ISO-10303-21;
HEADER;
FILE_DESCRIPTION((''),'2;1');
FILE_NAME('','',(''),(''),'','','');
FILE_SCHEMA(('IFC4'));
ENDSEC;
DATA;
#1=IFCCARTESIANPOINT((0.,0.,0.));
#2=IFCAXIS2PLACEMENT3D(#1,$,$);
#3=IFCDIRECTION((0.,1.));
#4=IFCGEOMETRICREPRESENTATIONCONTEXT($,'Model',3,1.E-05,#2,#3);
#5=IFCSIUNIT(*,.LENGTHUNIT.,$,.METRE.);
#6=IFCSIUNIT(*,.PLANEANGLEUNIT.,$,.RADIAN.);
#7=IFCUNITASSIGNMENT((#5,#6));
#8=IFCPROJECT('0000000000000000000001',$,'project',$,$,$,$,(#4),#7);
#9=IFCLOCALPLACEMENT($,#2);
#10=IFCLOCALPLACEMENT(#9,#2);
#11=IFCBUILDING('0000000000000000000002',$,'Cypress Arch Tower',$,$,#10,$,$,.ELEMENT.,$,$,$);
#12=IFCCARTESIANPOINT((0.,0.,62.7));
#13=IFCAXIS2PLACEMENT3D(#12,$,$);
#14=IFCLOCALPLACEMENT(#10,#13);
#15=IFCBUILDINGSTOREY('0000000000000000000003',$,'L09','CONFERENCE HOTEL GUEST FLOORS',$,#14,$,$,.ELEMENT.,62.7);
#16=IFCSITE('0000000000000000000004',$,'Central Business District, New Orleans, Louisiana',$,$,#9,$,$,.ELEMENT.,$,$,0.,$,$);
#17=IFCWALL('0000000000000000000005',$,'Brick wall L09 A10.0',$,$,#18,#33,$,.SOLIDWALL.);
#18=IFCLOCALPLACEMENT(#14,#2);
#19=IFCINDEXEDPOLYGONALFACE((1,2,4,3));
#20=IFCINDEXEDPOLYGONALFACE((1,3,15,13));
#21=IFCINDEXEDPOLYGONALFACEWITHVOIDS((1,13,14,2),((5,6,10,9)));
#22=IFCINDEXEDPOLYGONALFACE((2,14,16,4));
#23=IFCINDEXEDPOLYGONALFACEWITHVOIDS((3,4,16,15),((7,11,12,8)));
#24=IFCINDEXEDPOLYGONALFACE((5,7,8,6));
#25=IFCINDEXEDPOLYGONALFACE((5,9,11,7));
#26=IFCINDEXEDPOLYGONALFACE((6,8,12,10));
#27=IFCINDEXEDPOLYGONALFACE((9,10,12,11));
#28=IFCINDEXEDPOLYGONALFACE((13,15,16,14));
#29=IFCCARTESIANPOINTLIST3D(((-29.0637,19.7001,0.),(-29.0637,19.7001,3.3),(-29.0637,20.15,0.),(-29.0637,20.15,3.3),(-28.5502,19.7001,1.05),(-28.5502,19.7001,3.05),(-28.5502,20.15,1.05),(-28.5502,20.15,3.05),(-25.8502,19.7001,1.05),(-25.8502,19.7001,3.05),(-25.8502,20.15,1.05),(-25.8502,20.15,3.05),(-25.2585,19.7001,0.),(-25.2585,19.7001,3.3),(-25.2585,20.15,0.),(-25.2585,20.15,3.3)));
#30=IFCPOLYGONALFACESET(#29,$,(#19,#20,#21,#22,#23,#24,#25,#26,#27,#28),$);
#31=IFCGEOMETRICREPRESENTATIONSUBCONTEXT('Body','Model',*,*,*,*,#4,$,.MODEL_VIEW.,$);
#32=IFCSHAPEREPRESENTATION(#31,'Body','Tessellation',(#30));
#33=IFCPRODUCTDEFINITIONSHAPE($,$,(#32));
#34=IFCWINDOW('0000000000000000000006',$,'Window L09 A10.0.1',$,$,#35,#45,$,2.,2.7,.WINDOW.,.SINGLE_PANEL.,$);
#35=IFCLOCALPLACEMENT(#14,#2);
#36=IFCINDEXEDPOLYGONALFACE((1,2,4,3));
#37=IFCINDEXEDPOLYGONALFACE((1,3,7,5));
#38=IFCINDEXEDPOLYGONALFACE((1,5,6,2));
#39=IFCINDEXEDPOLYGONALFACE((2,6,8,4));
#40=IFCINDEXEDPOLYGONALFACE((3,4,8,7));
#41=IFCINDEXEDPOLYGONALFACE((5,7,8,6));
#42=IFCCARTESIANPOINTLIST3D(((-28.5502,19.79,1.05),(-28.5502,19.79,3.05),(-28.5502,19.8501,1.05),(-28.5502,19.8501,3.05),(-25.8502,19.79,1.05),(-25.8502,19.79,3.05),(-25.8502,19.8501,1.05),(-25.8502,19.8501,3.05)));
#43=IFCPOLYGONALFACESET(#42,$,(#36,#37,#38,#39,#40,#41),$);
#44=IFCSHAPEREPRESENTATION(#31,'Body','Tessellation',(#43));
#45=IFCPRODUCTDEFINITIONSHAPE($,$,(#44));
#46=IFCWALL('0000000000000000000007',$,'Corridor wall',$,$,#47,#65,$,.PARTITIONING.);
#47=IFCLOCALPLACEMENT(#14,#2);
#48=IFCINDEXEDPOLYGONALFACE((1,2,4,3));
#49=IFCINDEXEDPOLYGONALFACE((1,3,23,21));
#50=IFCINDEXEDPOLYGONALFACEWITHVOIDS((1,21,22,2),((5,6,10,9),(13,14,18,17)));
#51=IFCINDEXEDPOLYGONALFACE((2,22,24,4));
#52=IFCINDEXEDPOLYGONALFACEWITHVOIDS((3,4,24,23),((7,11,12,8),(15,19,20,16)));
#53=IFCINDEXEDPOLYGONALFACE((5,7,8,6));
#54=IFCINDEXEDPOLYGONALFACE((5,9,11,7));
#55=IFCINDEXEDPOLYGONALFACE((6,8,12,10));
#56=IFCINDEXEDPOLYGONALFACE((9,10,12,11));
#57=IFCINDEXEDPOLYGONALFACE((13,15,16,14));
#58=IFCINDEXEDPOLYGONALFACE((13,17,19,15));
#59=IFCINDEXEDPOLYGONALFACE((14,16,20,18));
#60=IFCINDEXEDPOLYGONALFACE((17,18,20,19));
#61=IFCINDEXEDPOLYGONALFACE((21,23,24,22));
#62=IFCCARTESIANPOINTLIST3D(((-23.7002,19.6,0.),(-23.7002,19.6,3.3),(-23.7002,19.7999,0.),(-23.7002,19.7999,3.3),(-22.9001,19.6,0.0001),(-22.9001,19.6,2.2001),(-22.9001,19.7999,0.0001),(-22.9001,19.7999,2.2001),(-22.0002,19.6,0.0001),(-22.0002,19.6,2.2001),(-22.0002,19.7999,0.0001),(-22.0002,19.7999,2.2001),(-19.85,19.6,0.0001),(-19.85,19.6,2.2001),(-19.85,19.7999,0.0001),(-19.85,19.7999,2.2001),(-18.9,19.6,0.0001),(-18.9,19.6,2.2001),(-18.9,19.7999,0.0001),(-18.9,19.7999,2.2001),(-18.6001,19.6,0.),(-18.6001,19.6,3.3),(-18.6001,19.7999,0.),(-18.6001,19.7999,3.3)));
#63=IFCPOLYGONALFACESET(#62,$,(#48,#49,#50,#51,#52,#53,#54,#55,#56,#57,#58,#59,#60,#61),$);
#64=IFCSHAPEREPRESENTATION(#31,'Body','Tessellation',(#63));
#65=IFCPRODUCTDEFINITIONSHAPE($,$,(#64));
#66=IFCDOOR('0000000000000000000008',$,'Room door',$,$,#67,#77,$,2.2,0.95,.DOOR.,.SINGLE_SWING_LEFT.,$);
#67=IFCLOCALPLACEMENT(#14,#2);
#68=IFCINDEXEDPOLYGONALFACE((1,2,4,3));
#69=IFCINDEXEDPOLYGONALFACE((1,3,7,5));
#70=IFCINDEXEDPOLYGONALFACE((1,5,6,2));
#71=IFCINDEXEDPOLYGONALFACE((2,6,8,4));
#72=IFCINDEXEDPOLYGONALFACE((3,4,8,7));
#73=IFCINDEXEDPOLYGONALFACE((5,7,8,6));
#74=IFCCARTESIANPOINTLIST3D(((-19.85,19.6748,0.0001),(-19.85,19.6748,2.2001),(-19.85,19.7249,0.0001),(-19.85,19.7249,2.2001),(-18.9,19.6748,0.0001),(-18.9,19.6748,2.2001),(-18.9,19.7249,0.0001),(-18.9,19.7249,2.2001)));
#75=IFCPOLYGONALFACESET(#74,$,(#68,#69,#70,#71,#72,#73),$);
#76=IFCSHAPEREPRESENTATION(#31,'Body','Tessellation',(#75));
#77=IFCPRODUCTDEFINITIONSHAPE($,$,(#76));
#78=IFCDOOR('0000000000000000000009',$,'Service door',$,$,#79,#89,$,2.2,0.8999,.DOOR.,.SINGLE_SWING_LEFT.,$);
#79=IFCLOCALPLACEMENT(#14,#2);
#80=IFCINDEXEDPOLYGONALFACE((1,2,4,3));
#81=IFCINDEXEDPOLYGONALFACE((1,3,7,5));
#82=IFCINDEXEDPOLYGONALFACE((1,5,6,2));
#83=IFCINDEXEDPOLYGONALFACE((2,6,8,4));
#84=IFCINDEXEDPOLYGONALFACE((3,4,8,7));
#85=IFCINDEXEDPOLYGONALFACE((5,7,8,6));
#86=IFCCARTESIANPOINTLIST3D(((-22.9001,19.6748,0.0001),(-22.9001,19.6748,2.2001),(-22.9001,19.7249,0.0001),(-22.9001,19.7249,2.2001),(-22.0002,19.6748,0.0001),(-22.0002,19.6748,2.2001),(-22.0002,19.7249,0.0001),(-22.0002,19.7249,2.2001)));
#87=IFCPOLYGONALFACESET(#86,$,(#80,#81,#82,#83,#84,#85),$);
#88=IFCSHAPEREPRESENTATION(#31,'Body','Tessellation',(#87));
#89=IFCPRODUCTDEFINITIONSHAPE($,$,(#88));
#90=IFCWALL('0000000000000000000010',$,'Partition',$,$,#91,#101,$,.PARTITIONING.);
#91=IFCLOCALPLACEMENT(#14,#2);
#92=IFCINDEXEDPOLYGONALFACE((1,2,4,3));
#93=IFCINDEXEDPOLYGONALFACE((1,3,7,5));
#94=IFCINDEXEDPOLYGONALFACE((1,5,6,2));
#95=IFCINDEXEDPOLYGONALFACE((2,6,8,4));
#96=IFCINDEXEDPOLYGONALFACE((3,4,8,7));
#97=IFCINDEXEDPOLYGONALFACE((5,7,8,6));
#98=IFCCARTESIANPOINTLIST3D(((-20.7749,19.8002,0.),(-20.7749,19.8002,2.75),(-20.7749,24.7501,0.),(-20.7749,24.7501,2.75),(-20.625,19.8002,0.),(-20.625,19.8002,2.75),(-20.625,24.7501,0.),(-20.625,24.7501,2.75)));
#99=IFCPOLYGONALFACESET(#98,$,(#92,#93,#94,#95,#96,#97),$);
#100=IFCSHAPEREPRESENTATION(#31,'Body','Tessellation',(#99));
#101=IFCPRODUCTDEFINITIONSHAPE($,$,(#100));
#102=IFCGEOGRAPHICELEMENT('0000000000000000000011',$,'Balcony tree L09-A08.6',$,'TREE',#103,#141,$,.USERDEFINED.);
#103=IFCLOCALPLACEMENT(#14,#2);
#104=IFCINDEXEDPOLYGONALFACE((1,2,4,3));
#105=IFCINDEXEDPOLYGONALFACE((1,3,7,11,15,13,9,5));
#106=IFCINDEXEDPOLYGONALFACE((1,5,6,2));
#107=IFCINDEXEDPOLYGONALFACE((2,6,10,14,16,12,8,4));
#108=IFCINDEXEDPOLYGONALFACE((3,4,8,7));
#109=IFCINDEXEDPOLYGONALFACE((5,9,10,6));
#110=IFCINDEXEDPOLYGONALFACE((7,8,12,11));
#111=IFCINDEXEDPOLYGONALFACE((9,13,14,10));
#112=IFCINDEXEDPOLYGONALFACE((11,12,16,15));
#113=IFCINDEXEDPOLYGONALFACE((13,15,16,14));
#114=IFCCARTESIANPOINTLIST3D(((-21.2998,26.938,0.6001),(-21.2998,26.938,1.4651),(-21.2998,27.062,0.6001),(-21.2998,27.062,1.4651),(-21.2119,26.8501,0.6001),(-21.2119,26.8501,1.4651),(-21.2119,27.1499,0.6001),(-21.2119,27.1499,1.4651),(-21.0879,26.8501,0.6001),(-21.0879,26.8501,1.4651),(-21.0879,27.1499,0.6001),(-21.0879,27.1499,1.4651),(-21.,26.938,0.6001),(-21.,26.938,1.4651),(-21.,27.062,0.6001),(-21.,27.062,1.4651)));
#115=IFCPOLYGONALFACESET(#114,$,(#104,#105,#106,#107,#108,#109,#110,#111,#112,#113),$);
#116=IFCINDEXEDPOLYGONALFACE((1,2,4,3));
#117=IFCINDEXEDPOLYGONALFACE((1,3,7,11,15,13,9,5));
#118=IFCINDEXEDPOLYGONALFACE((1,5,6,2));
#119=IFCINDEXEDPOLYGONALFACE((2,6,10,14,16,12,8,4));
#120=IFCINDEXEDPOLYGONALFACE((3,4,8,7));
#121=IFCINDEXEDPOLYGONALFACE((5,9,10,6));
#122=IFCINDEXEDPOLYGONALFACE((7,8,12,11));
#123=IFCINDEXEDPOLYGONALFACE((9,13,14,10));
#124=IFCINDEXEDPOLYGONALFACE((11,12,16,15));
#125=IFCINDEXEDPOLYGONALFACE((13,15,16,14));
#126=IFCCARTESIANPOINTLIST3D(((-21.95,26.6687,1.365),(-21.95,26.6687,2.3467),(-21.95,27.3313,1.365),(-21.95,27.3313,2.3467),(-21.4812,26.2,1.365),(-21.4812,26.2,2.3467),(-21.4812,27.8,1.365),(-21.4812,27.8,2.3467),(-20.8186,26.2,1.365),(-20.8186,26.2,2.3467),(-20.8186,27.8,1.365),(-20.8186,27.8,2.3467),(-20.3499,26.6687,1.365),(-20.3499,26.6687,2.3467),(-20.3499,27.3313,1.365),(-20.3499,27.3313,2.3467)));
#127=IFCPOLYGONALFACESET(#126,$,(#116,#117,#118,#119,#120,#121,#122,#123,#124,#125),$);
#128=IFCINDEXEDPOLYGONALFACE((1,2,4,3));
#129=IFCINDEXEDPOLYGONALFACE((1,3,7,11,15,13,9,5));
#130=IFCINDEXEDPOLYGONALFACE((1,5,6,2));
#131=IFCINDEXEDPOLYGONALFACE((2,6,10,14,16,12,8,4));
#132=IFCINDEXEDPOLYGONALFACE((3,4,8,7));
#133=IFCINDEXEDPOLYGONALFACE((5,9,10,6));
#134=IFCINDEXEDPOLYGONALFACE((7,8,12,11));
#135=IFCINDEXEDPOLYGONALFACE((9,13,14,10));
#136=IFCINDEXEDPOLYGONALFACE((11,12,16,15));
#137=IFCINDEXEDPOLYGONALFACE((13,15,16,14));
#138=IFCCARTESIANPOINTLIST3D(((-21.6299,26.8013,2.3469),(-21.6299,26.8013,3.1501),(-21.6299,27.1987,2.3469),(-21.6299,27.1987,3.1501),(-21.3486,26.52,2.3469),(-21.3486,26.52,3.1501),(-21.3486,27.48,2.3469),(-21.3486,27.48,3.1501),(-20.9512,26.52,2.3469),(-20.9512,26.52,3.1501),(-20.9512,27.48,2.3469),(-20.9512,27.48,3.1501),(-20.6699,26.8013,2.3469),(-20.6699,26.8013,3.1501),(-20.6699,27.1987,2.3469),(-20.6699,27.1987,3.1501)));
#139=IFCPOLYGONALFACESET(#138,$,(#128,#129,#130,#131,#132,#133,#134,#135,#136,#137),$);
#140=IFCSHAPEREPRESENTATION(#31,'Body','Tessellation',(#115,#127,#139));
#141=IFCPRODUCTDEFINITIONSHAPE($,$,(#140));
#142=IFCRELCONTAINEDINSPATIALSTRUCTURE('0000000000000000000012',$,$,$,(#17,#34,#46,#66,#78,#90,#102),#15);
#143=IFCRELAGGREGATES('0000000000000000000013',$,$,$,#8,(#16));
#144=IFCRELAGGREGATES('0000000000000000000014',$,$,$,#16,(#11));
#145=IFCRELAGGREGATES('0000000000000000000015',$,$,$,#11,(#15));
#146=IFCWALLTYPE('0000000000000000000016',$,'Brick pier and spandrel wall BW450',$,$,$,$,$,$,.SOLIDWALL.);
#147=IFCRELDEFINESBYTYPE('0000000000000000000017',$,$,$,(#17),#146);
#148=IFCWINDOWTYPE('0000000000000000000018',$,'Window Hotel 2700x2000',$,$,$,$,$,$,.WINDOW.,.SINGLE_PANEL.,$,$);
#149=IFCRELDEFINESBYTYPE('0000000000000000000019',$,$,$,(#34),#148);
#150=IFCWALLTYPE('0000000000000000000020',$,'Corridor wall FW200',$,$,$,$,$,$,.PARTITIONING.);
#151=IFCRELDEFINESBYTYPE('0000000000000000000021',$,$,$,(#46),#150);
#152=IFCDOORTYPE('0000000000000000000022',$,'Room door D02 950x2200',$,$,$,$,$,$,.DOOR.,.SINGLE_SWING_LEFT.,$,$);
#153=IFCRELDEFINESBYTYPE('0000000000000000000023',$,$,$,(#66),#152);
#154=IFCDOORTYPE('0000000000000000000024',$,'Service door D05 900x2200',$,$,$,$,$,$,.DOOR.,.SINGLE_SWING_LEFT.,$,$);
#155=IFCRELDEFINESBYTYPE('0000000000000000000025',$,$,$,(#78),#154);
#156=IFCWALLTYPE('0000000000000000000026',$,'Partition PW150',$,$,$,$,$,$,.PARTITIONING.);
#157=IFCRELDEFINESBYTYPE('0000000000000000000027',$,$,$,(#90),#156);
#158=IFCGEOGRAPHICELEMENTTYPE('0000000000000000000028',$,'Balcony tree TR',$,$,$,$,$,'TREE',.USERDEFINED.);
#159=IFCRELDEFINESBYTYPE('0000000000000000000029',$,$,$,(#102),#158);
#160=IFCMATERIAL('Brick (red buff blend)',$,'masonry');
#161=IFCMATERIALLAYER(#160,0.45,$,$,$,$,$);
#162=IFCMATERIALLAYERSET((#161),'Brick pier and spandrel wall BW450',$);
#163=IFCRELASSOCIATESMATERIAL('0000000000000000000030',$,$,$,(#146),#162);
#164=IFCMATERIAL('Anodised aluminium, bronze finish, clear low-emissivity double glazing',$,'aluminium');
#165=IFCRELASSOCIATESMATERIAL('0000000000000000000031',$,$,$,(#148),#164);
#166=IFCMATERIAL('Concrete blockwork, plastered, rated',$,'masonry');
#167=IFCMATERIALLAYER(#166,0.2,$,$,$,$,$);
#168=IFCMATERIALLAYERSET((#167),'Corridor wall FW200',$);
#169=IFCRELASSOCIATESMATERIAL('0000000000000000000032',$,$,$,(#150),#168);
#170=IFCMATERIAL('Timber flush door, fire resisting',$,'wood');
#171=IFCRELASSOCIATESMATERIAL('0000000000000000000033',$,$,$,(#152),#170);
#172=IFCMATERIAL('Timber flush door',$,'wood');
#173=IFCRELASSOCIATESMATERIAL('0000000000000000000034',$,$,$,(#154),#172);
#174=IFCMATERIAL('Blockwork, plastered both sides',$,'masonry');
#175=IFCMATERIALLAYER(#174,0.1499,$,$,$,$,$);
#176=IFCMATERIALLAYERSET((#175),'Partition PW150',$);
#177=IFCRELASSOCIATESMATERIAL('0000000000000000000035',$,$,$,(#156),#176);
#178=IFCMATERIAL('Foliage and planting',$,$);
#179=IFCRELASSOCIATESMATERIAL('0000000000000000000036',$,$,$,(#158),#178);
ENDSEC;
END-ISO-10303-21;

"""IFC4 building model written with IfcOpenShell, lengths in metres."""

from ifc_helpers import new_model, si_unit, direction, frame, frame_2d, origin, place, context, subcontext, project, spatial, polyline, rectangle, outline, extrude, material, layer, layer_set, type_object, element, fill, save


model = new_model("IFC4")

# Units and contexts
model_context = context("Model", 3, precision=1e-05, world=origin(), true_north=direction((0.0, 1.0)))
body_context = subcontext(model_context, "Body", "Model", "MODEL_VIEW")
ifc_project = project(units=[si_unit("LENGTHUNIT", "METRE"), si_unit("PLANEANGLEUNIT", "RADIAN")], contexts=[model_context])

# Site, building, storey
site_placement = place(None, origin())
site = spatial("IfcSite", under=ifc_project, at=site_placement, Name="Central Business District, New Orleans, Louisiana", CompositionType="ELEMENT", RefElevation=0.0)
building_placement = place(site_placement, origin())
building = spatial("IfcBuilding", under=site, at=building_placement, Name="Cypress Arch Tower", CompositionType="ELEMENT")
storey_placement = place(building_placement, frame((0.0, 0.0, 62.7)))
storey = spatial("IfcBuildingStorey", under=building, at=storey_placement, Name="L09", Description="CONFERENCE HOTEL GUEST FLOORS", CompositionType="ELEMENT", Elevation=62.7)

# Shared definitions
ifc_material_1 = material(Name="Brick (red buff blend)", Category="masonry")
ifc_layer_1 = layer(ifc_material_1, 0.45)
ifc_layer_set_1 = layer_set([ifc_layer_1], Name="Brick pier and spandrel wall BW450")
wall_type_1 = type_object("IfcWallType", Name="Brick pier and spandrel wall BW450", PredefinedType="SOLIDWALL", material=ifc_layer_set_1)

# Wall, opening, window
wall_1_placement = place(storey_placement, frame((-25.2585, 19.925, 0.0), z_axis=(0.0, 0.0, 1.0), x_axis=(-1.0, 0.0, 0.0)))
wall_1 = element("IfcWall", 1, at=wall_1_placement, inside=storey, type_object=wall_type_1, Name="Brick wall L09 A10.0", PredefinedType="SOLIDWALL", context=body_context, shape_type="SweptSolid", body=[
    extrude(rectangle(XDim=3.8052, YDim=0.45, at=frame_2d((1.9026, 0.0))), origin(), (0.0, 0.0, 1.0), 3.3),
])
opening_1_placement = place(wall_1_placement, frame((0.5916, 0.0, 1.05)))
opening_1 = element("IfcOpeningElement", 2, at=opening_1_placement, cuts=wall_1, PredefinedType="OPENING", context=body_context, shape_type="SweptSolid", body=[
    extrude(rectangle(XDim=2.7, YDim=2.0, at=frame_2d((1.3501, 1.0))), frame((0.0, 0.2349, 0.0), z_axis=(0.0, -1.0, 0.0), x_axis=(1.0, 0.0, 0.0)), (0.0, 0.0, 1.0), 0.47),
])
ifc_material_2 = material(Name="Anodised aluminium, bronze finish, clear low-emissivity double glazing", Category="aluminium")
window_type_1 = type_object("IfcWindowType", Name="Window Hotel 2700x2000", PartitioningType="SINGLE_PANEL", PredefinedType="WINDOW", material=ifc_material_2)
window_1_placement = place(opening_1_placement, origin())
window_1 = element("IfcWindow", 3, at=window_1_placement, inside=storey, type_object=window_type_1, Name="Window L09 A10.0.1", OverallHeight=2.0, OverallWidth=2.7, PartitioningType="SINGLE_PANEL", PredefinedType="WINDOW", context=body_context, shape_type="SweptSolid", body=[
    extrude(rectangle(XDim=2.7, YDim=2.0, at=frame_2d((1.3501, 1.0))), frame((0.0, 0.135, 0.0), z_axis=(0.0, -1.0, 0.0), x_axis=(1.0, 0.0, 0.0)), (0.0, 0.0, 1.0), 0.0601),
])
fill(opening_1, window_1)

# Wall, openings, doors
ifc_material_3 = material(Name="Concrete blockwork, plastered, rated", Category="masonry")
ifc_layer_2 = layer(ifc_material_3, 0.2)
ifc_layer_set_2 = layer_set([ifc_layer_2], Name="Corridor wall FW200")
wall_type_2 = type_object("IfcWallType", Name="Corridor wall FW200", PredefinedType="PARTITIONING", material=ifc_layer_set_2)
wall_2_placement = place(storey_placement, frame((-23.7002, 19.7, 0.0), z_axis=(0.0, 0.0, 1.0), x_axis=(1.0, 0.0, 0.0)))
wall_2 = element("IfcWall", 4, at=wall_2_placement, inside=storey, type_object=wall_type_2, Name="Corridor wall", PredefinedType="PARTITIONING", context=body_context, shape_type="SweptSolid", body=[
    extrude(rectangle(XDim=5.1001, YDim=0.2, at=frame_2d((2.55, 0.0))), origin(), (0.0, 0.0, 1.0), 3.3),
])
opening_2_placement = place(wall_2_placement, frame((0.8, 0.0, 0.0)))
opening_2 = element("IfcOpeningElement", 5, at=opening_2_placement, cuts=wall_2, PredefinedType="OPENING", context=body_context, shape_type="SweptSolid", body=[
    extrude(rectangle(XDim=0.8999, YDim=2.2, at=frame_2d((0.45, 1.1001))), frame((0.0, 0.1099, 0.0), z_axis=(0.0, -1.0, 0.0), x_axis=(1.0, 0.0, 0.0)), (0.0, 0.0, 1.0), 0.22),
])
opening_3_placement = place(wall_2_placement, frame((3.8501, 0.0, 0.0)))
opening_3 = element("IfcOpeningElement", 6, at=opening_3_placement, cuts=wall_2, PredefinedType="OPENING", context=body_context, shape_type="SweptSolid", body=[
    extrude(rectangle(XDim=0.95, YDim=2.2, at=frame_2d((0.4751, 1.1001))), frame((0.0, 0.1099, 0.0), z_axis=(0.0, -1.0, 0.0), x_axis=(1.0, 0.0, 0.0)), (0.0, 0.0, 1.0), 0.22),
])
ifc_material_4 = material(Name="Timber flush door, fire resisting", Category="wood")
door_type_1 = type_object("IfcDoorType", Name="Room door D02 950x2200", OperationType="SINGLE_SWING_LEFT", PredefinedType="DOOR", material=ifc_material_4)
door_1_placement = place(opening_3_placement, origin())
door_1 = element("IfcDoor", 7, at=door_1_placement, inside=storey, type_object=door_type_1, Name="Room door", OperationType="SINGLE_SWING_LEFT", OverallHeight=2.2, OverallWidth=0.95, PredefinedType="DOOR", context=body_context, shape_type="SweptSolid", body=[
    extrude(rectangle(XDim=0.95, YDim=2.2, at=frame_2d((0.4751, 1.1001))), frame((0.0, 0.0249, 0.0), z_axis=(0.0, -1.0, 0.0), x_axis=(1.0, 0.0, 0.0)), (0.0, 0.0, 1.0), 0.05),
])
fill(opening_3, door_1)
ifc_material_5 = material(Name="Timber flush door", Category="wood")
door_type_2 = type_object("IfcDoorType", Name="Service door D05 900x2200", OperationType="SINGLE_SWING_LEFT", PredefinedType="DOOR", material=ifc_material_5)
door_2_placement = place(opening_2_placement, origin())
door_2 = element("IfcDoor", 8, at=door_2_placement, inside=storey, type_object=door_type_2, Name="Service door", OperationType="SINGLE_SWING_LEFT", OverallHeight=2.2, OverallWidth=0.8999, PredefinedType="DOOR", context=body_context, shape_type="SweptSolid", body=[
    extrude(rectangle(XDim=0.8999, YDim=2.2, at=frame_2d((0.45, 1.1001))), frame((0.0, 0.0249, 0.0), z_axis=(0.0, -1.0, 0.0), x_axis=(1.0, 0.0, 0.0)), (0.0, 0.0, 1.0), 0.05),
])
fill(opening_2, door_2)

# Wall
ifc_material_6 = material(Name="Blockwork, plastered both sides", Category="masonry")
ifc_layer_3 = layer(ifc_material_6, 0.1499)
ifc_layer_set_3 = layer_set([ifc_layer_3], Name="Partition PW150")
wall_type_3 = type_object("IfcWallType", Name="Partition PW150", PredefinedType="PARTITIONING", material=ifc_layer_set_3)
wall_3_placement = place(storey_placement, frame((-20.7, 19.8, 0.0), z_axis=(0.0, 0.0, 1.0), x_axis=(0.0, 1.0, 0.0)))
element("IfcWall", 9, at=wall_3_placement, inside=storey, type_object=wall_type_3, Name="Partition", PredefinedType="PARTITIONING", context=body_context, shape_type="SweptSolid", body=[
    extrude(rectangle(XDim=4.95, YDim=0.1499, at=frame_2d((2.4751, 0.0))), origin(), (0.0, 0.0, 1.0), 2.75),
])

# Geographic element
ifc_material_7 = material(Name="Foliage and planting")
geographic_element_type = type_object("IfcGeographicElementType", Name="Balcony tree TR", ElementType="TREE", PredefinedType="USERDEFINED", material=ifc_material_7)
geographic_element_placement = place(storey_placement, frame((-21.1499, 27.0, 0.6001), z_axis=(0.0, 0.0, 1.0), x_axis=(1.0, 0.0, 0.0)))
element("IfcGeographicElement", 10, at=geographic_element_placement, inside=storey, type_object=geographic_element_type, Name="Balcony tree L09-A08.6", ObjectType="TREE", PredefinedType="USERDEFINED", context=body_context, shape_type="SweptSolid", body=[
    extrude(outline(polyline([(0.1499, 0.062), (0.062, 0.1499), (-0.062, 0.1499), (-0.1499, 0.062), (-0.1499, -0.062), (-0.062, -0.1499), (0.062, -0.1499), (0.1499, -0.062), (0.1499, 0.062)])), origin(), (0.0, 0.0, 1.0), 0.865),
    extrude(outline(polyline([(0.8, 0.3313), (0.3313, 0.8), (-0.3313, 0.8), (-0.8, 0.3313), (-0.8, -0.3313), (-0.3313, -0.8), (0.3313, -0.8), (0.8, -0.3313), (0.8, 0.3313)])), frame((0.0, 0.0, 0.7649)), (0.0, 0.0, 1.0), 0.9817),
    extrude(outline(polyline([(0.48, 0.1987), (0.1987, 0.48), (-0.1987, 0.48), (-0.48, 0.1987), (-0.48, -0.1987), (-0.1987, -0.48), (0.1987, -0.48), (0.48, -0.1987), (0.48, 0.1987)])), frame((0.0, 0.0, 1.7468)), (0.0, 0.0, 1.0), 0.8032),
])

save(model, "model.ifc")
